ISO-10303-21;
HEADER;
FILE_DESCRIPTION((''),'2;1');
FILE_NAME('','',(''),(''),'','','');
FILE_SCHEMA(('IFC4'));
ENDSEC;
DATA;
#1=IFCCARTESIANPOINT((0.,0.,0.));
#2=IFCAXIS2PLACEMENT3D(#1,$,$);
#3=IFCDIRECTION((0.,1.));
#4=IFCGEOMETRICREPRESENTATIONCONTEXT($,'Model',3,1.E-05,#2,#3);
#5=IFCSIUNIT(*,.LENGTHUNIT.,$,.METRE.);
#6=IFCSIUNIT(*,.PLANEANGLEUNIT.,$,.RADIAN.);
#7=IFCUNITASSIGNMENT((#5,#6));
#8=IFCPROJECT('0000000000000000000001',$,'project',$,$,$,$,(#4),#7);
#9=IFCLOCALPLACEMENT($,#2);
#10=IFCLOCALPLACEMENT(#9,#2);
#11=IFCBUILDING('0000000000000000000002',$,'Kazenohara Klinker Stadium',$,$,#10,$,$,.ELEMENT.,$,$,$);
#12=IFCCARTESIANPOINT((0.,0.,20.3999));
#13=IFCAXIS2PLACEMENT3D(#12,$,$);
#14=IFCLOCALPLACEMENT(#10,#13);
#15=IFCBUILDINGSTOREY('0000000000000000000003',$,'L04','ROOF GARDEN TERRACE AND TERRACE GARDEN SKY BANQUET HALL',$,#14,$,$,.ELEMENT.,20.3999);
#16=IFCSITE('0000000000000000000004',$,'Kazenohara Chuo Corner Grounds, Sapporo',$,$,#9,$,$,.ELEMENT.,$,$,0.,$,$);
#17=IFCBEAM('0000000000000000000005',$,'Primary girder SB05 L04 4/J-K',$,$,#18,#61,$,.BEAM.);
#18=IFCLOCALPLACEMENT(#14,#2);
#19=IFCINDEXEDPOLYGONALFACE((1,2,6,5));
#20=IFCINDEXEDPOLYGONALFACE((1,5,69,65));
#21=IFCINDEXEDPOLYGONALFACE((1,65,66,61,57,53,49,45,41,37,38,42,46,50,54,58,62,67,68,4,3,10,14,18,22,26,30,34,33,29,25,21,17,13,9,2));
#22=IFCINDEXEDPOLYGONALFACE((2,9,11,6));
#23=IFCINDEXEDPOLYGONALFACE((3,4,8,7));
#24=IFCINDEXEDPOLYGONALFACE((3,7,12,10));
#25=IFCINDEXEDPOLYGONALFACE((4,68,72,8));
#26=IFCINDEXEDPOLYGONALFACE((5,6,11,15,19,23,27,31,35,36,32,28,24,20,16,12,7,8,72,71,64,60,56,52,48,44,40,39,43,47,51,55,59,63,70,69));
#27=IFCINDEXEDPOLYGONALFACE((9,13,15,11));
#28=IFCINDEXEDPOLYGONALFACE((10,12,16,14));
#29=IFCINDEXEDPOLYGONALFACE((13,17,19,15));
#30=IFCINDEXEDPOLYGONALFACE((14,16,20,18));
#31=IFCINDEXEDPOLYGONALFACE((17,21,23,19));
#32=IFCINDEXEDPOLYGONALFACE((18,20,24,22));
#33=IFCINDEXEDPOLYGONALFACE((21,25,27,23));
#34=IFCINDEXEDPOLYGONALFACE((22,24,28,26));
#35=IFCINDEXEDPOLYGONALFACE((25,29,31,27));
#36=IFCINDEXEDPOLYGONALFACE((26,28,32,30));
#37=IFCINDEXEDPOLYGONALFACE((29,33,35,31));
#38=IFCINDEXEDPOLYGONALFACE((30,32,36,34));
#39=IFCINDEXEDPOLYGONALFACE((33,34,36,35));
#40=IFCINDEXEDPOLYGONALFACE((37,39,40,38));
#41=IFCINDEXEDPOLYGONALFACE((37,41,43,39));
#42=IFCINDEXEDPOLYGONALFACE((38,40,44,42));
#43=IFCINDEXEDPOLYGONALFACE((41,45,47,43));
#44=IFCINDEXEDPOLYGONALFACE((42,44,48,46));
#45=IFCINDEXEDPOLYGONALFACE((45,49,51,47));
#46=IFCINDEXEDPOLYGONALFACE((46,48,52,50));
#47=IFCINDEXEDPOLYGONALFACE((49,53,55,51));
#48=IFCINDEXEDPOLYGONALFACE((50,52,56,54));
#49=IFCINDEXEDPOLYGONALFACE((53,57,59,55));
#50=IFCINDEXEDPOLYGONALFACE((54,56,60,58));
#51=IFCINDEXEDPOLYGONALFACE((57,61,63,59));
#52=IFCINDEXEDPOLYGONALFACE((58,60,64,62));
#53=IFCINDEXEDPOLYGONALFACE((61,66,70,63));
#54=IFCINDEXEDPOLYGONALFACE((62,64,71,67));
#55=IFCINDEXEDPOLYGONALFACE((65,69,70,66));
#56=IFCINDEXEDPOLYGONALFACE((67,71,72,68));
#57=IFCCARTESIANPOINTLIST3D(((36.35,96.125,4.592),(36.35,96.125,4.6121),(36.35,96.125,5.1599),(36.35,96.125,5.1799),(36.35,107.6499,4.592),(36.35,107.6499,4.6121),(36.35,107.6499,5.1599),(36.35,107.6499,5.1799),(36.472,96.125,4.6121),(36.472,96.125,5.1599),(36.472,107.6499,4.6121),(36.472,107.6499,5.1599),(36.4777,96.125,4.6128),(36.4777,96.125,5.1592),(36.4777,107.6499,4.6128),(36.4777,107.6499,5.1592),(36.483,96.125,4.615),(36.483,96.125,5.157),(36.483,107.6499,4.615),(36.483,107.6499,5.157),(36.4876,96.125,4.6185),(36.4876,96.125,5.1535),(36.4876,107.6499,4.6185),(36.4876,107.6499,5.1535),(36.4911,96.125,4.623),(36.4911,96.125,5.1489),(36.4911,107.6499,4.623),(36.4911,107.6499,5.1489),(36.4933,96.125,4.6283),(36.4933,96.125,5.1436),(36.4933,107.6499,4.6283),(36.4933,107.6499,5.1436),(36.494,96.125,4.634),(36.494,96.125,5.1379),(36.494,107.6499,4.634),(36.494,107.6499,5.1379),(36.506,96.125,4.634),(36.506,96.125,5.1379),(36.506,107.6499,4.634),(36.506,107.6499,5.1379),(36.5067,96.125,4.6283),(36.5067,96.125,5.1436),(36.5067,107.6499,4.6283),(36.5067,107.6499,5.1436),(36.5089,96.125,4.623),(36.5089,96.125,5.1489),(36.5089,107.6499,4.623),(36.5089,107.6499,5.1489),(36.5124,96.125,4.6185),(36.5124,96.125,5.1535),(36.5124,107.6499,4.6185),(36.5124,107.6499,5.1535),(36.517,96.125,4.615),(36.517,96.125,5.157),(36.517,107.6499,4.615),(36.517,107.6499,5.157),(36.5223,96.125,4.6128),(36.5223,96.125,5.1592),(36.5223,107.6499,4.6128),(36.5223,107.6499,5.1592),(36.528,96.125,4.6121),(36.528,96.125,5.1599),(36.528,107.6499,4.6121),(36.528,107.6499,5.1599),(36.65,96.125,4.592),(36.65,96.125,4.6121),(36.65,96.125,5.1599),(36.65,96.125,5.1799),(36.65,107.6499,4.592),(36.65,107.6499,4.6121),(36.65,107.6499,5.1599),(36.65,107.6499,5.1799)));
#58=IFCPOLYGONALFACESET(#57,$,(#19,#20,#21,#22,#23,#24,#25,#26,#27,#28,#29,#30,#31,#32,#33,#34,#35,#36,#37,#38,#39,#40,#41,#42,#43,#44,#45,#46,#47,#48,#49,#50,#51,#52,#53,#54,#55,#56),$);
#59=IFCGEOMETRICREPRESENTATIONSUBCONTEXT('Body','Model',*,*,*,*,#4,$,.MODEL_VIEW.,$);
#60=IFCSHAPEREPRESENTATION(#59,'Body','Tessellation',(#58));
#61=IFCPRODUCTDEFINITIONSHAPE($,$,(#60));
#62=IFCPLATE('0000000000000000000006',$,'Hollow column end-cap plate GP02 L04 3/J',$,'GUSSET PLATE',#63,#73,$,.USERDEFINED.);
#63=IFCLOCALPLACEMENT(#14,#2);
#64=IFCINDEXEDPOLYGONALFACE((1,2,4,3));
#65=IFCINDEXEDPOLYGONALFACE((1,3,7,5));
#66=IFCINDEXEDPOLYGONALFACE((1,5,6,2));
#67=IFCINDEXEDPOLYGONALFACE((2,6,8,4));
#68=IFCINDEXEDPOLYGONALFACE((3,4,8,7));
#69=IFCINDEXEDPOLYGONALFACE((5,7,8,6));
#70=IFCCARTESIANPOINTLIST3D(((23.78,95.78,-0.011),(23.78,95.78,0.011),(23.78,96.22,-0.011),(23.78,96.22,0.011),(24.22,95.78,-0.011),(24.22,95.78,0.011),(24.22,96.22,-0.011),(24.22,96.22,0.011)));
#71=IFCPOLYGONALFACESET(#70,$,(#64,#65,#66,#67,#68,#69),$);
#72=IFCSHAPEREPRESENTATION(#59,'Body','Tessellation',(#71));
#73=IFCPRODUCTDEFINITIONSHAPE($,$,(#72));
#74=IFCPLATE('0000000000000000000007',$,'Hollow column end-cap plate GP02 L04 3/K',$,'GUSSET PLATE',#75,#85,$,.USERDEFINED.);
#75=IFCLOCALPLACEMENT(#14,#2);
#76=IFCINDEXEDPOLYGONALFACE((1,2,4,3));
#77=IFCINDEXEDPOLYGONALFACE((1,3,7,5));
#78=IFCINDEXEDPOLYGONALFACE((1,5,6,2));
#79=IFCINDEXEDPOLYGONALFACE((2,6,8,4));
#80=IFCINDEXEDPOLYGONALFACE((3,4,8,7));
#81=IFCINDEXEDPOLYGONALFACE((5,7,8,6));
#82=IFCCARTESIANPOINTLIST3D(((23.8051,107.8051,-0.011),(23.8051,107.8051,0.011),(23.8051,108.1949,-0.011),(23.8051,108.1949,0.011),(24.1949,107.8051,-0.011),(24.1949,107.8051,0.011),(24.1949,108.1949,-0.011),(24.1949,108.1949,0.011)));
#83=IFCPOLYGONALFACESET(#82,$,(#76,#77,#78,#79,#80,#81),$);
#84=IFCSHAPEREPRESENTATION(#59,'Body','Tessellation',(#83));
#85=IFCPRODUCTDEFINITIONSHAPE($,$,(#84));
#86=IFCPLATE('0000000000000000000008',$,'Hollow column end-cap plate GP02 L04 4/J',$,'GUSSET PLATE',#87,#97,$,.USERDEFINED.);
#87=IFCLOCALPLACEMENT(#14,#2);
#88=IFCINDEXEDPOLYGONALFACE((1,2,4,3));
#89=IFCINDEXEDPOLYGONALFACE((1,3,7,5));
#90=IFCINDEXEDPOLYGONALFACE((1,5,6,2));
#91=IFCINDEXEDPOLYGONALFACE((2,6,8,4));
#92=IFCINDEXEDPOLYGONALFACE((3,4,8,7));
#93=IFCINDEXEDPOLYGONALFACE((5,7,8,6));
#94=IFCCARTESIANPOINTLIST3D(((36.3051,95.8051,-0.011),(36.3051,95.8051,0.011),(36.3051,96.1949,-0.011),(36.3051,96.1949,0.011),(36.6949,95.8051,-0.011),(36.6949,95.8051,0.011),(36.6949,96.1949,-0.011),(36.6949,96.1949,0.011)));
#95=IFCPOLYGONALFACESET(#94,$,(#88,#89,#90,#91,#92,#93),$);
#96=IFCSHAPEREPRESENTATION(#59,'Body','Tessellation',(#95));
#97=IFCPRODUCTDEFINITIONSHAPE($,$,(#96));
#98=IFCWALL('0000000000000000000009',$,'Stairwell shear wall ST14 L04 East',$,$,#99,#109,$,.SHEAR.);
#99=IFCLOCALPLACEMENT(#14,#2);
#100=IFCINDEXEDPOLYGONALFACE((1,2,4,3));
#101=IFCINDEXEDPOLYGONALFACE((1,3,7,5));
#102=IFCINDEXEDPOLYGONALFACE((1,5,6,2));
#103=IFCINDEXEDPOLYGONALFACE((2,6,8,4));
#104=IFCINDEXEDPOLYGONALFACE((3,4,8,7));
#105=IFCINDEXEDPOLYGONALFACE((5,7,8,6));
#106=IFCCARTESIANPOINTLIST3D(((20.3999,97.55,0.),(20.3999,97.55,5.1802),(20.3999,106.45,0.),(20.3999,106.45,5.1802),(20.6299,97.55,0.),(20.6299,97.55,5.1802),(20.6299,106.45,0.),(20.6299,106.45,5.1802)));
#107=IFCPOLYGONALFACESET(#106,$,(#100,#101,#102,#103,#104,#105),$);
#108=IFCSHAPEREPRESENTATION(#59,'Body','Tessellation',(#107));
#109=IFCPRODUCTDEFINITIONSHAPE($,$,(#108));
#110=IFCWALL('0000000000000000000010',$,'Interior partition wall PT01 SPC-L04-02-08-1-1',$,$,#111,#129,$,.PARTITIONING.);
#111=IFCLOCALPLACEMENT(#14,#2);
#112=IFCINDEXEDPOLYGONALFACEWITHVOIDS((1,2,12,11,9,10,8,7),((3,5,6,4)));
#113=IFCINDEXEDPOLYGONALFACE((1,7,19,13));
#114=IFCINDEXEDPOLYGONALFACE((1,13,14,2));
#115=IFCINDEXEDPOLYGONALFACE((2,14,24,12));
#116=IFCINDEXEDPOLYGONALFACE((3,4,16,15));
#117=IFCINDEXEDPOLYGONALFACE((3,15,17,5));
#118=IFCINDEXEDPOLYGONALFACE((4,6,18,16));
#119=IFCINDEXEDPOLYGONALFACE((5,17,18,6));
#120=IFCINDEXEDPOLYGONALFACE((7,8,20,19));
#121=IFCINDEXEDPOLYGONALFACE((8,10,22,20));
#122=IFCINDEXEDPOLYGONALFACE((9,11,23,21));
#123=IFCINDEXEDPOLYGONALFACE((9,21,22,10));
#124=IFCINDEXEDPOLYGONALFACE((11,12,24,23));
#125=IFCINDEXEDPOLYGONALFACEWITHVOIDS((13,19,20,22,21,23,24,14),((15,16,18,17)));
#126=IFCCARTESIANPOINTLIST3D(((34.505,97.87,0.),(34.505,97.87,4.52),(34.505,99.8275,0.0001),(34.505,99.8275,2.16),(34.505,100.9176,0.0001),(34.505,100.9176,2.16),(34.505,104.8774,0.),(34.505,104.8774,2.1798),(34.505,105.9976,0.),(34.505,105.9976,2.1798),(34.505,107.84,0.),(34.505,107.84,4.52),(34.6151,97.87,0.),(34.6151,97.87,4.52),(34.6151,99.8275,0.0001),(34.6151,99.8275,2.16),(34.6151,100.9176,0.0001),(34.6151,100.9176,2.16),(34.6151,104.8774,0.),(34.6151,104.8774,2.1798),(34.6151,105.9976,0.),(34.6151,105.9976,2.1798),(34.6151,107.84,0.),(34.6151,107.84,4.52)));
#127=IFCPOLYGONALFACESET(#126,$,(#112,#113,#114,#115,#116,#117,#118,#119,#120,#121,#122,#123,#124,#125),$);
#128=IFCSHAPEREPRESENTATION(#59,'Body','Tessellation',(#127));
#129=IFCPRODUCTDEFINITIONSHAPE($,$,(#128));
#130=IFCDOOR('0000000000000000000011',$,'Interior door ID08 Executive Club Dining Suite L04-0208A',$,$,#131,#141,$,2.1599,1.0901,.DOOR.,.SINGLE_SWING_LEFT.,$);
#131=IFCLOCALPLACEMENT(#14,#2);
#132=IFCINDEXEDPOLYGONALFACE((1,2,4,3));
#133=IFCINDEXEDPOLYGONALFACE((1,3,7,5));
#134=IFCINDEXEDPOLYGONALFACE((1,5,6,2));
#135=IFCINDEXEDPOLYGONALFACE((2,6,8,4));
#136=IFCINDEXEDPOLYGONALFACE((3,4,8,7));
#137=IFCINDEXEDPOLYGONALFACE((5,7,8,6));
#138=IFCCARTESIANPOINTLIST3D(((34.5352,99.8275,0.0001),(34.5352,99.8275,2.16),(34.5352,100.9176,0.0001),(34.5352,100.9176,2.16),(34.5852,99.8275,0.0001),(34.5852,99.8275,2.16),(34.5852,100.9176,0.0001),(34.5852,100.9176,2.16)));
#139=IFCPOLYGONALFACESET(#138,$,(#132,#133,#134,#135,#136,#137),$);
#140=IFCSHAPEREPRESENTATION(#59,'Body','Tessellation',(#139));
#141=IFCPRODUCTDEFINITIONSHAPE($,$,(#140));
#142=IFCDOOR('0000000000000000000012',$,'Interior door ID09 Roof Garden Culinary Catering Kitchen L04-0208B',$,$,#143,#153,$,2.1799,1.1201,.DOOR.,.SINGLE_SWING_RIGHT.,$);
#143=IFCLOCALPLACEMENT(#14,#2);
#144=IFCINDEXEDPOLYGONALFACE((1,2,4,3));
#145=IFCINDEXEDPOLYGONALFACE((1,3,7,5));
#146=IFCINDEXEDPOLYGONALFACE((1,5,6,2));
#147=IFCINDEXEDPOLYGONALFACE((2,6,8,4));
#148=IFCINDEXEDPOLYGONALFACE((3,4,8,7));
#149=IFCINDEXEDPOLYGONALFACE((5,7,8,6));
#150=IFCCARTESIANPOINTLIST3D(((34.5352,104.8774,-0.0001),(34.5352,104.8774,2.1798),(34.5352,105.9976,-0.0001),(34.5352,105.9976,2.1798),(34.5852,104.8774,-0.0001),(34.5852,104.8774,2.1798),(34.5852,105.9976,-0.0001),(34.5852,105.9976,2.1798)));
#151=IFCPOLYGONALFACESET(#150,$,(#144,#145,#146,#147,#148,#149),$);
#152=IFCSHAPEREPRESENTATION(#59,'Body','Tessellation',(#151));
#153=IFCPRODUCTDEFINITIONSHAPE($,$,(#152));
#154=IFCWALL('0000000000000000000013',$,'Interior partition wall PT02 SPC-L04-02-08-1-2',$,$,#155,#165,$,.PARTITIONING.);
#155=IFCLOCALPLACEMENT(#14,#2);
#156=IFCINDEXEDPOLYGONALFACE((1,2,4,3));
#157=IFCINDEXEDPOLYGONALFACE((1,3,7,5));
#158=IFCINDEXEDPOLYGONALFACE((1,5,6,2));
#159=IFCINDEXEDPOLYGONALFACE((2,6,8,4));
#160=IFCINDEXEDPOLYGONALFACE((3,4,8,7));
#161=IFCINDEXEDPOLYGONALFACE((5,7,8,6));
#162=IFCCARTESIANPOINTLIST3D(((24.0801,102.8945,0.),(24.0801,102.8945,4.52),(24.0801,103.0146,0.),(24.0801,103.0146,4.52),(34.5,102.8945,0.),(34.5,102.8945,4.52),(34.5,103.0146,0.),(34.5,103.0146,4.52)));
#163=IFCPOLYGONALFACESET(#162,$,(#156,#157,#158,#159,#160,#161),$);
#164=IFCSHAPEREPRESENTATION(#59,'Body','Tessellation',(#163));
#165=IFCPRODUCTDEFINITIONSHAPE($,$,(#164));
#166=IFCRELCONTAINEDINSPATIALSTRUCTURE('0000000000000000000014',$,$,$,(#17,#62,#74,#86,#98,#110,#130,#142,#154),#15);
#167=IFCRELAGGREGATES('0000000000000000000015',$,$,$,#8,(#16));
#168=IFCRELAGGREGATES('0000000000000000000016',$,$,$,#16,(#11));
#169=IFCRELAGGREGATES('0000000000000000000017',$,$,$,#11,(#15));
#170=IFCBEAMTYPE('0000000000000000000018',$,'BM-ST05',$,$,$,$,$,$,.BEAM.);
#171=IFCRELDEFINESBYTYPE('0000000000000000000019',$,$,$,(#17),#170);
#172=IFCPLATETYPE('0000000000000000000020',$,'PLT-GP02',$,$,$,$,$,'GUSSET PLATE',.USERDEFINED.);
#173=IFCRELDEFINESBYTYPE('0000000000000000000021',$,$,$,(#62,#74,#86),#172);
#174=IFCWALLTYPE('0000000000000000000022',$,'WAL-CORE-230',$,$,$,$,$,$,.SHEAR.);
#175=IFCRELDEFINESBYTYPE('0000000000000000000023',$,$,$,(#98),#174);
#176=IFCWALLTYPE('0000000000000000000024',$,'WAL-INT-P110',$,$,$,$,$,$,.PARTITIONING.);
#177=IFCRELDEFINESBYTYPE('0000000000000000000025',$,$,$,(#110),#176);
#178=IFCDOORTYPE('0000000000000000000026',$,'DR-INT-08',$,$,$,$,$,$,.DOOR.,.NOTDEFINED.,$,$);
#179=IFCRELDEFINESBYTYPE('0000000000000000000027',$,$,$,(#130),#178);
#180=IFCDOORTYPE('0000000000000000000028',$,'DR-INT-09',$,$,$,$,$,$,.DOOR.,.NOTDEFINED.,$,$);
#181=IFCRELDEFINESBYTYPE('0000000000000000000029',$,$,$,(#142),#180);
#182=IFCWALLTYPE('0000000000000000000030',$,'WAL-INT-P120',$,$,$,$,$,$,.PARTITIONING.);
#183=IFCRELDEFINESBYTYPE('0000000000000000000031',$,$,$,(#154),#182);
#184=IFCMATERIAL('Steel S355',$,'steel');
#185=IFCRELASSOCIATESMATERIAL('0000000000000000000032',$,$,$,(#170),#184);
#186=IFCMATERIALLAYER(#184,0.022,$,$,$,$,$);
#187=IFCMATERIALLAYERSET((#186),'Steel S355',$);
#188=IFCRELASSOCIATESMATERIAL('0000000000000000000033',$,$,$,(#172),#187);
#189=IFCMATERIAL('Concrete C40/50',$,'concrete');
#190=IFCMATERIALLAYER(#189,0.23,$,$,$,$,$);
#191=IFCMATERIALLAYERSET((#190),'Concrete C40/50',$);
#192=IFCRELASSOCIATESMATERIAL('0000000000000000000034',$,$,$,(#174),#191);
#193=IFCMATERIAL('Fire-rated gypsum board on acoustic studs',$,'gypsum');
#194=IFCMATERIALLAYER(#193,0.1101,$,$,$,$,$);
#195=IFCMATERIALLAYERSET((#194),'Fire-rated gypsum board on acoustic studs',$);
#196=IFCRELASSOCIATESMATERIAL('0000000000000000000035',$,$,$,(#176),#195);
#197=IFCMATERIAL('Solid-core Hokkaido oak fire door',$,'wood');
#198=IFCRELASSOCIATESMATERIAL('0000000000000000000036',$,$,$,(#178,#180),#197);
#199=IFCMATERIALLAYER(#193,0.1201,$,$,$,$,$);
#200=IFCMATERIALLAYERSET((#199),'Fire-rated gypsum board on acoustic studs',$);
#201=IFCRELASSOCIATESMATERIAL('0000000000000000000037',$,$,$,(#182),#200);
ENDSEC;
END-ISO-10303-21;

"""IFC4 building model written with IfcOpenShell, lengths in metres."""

from ifc_helpers import new_model, si_unit, direction, frame, frame_2d, origin, origin_2d, place, context, subcontext, project, spatial, rectangle, i_section, extrude, material, layer, layer_set, material_profile, profile_set, type_object, element, fill, save


model = new_model("IFC4")

# Units and contexts
model_context = context("Model", 3, precision=1e-05, world=origin(), true_north=direction((0.0, 1.0)))
body_context = subcontext(model_context, "Body", "Model", "MODEL_VIEW")
ifc_project = project(units=[si_unit("LENGTHUNIT", "METRE"), si_unit("PLANEANGLEUNIT", "RADIAN")], contexts=[model_context])

# Site, building, storey
site_placement = place(None, origin())
site = spatial("IfcSite", under=ifc_project, at=site_placement, Name="Kazenohara Chuo Corner Grounds, Sapporo", CompositionType="ELEMENT", RefElevation=0.0)
building_placement = place(site_placement, origin())
building = spatial("IfcBuilding", under=site, at=building_placement, Name="Kazenohara Klinker Stadium", CompositionType="ELEMENT")
storey_placement = place(building_placement, frame((0.0, 0.0, 20.3999)))
storey = spatial("IfcBuildingStorey", under=building, at=storey_placement, Name="L04", Description="ROOF GARDEN TERRACE AND TERRACE GARDEN SKY BANQUET HALL", CompositionType="ELEMENT", Elevation=20.3999)

# Shared definitions
ifc_material_1 = material(Name="Concrete C40/50", Category="concrete")
ifc_material_2 = material(Name="Steel S355", Category="steel")

# Beam
ifc_material_profile_1 = material_profile(ifc_material_2, i_section(OverallWidth=0.3, OverallDepth=0.5879, WebThickness=0.012, FlangeThickness=0.02, FilletRadius=0.022, at=origin_2d()), Name="H-588x300x12x20")
ifc_profile_set_1 = profile_set([ifc_material_profile_1], Name="Steel S355")
beam_type_1 = type_object("IfcBeamType", Name="BM-ST05", PredefinedType="BEAM", material=ifc_profile_set_1)
for number, where, z_axis, x_axis, name in (
    (1, (36.5, 96.125, 4.886), (0.0, 1.0, 0.0), (-1.0, 0.0, 0.0), "Primary girder SB05 L04 4/J-K"),
):
    element("IfcBeam", number, at=place(storey_placement, frame(where, z_axis=z_axis, x_axis=x_axis)), inside=storey, type_object=beam_type_1, Name=name, PredefinedType="BEAM", context=body_context, shape_type="SweptSolid", body=[
        extrude(i_section(OverallWidth=0.3, OverallDepth=0.5879, WebThickness=0.012, FlangeThickness=0.02, FilletRadius=0.022, at=origin_2d()), origin(), (0.0, 0.0, 1.0), 11.5249),
    ])

# Plates
ifc_layer_1 = layer(ifc_material_2, 0.022)
ifc_layer_set_1 = layer_set([ifc_layer_1], Name="Steel S355")
plate_type = type_object("IfcPlateType", Name="PLT-GP02", ElementType="GUSSET PLATE", PredefinedType="USERDEFINED", material=ifc_layer_set_1)
plate_placement = place(storey_placement, frame((24.0, 96.0, -0.011), z_axis=(0.0, 0.0, 1.0), x_axis=(1.0, 0.0, 0.0)))
element("IfcPlate", 2, at=plate_placement, inside=storey, type_object=plate_type, Name="Hollow column end-cap plate GP02 L04 3/J", ObjectType="GUSSET PLATE", PredefinedType="USERDEFINED", context=body_context, shape_type="SweptSolid", body=[
    extrude(rectangle(XDim=0.4399, YDim=0.4399, at=origin_2d()), origin(), (0.0, 0.0, 1.0), 0.022),
])
for number, where, z_axis, x_axis, name in (
    (3, (24.0, 108.0, -0.011), (0.0, 0.0, 1.0), (1.0, 0.0, 0.0), "Hollow column end-cap plate GP02 L04 3/K"),
    (4, (36.5, 96.0, -0.011), (0.0, 0.0, 1.0), (1.0, 0.0, 0.0), "Hollow column end-cap plate GP02 L04 4/J"),
):
    element("IfcPlate", number, at=place(storey_placement, frame(where, z_axis=z_axis, x_axis=x_axis)), inside=storey, type_object=plate_type, Name=name, ObjectType="GUSSET PLATE", PredefinedType="USERDEFINED", context=body_context, shape_type="SweptSolid", body=[
        extrude(rectangle(XDim=0.3899, YDim=0.3899, at=origin_2d()), origin(), (0.0, 0.0, 1.0), 0.022),
    ])

# Wall
ifc_layer_2 = layer(ifc_material_1, 0.23)
ifc_layer_set_2 = layer_set([ifc_layer_2], Name="Concrete C40/50")
wall_type_1 = type_object("IfcWallType", Name="WAL-CORE-230", PredefinedType="SHEAR", material=ifc_layer_set_2)
wall_1_placement = place(storey_placement, frame((20.5149, 97.55, 0.0), z_axis=(0.0, 0.0, 1.0), x_axis=(0.0, 1.0, 0.0)))
element("IfcWall", 5, at=wall_1_placement, inside=storey, type_object=wall_type_1, Name="Stairwell shear wall ST14 L04 East", PredefinedType="SHEAR", context=body_context, shape_type="SweptSolid", body=[
    extrude(rectangle(XDim=8.8999, YDim=0.23, at=frame_2d((4.45, 0.0))), origin(), (0.0, 0.0, 1.0), 5.1802),
])

# Wall, openings, doors
ifc_material_3 = material(Name="Fire-rated gypsum board on acoustic studs", Category="gypsum")
ifc_layer_3 = layer(ifc_material_3, 0.1101)
ifc_layer_set_3 = layer_set([ifc_layer_3], Name="Fire-rated gypsum board on acoustic studs")
wall_type_2 = type_object("IfcWallType", Name="WAL-INT-P110", PredefinedType="PARTITIONING", material=ifc_layer_set_3)
wall_2_placement = place(storey_placement, frame((34.5601, 97.8701, 0.0), z_axis=(0.0, 0.0, 1.0), x_axis=(0.0, 1.0, 0.0)))
wall_2 = element("IfcWall", 6, at=wall_2_placement, inside=storey, type_object=wall_type_2, Name="Interior partition wall PT01 SPC-L04-02-08-1-1", PredefinedType="PARTITIONING", context=body_context, shape_type="SweptSolid", body=[
    extrude(rectangle(XDim=9.97, YDim=0.1101, at=frame_2d((4.9849, 0.0))), origin(), (0.0, 0.0, 1.0), 4.52),
])
opening_1_placement = place(wall_2_placement, frame((1.9575, 0.0, 0.0)))
opening_1 = element("IfcOpeningElement", 7, at=opening_1_placement, cuts=wall_2, PredefinedType="OPENING", context=body_context, shape_type="SweptSolid", body=[
    extrude(rectangle(XDim=1.0901, YDim=2.1599, at=frame_2d((0.5449, 1.0801))), frame((0.0, 0.0649, 0.0), z_axis=(0.0, -1.0, 0.0), x_axis=(1.0, 0.0, 0.0)), (0.0, 0.0, 1.0), 0.1301),
])
opening_2_placement = place(wall_2_placement, frame((7.0073, 0.0, 0.0)))
opening_2 = element("IfcOpeningElement", 8, at=opening_2_placement, cuts=wall_2, PredefinedType="OPENING", context=body_context, shape_type="SweptSolid", body=[
    extrude(rectangle(XDim=1.1201, YDim=2.1799, at=frame_2d((0.5601, 1.0898))), frame((0.0, 0.0649, 0.0), z_axis=(0.0, -1.0, 0.0), x_axis=(1.0, 0.0, 0.0)), (0.0, 0.0, 1.0), 0.1301),
])
ifc_material_4 = material(Name="Solid-core Hokkaido oak fire door", Category="wood")
door_type_1 = type_object("IfcDoorType", Name="DR-INT-08", OperationType="NOTDEFINED", PredefinedType="DOOR", material=ifc_material_4)
door_1_placement = place(opening_1_placement, origin())
door_1 = element("IfcDoor", 9, at=door_1_placement, inside=storey, type_object=door_type_1, Name="Interior door ID08 Executive Club Dining Suite L04-0208A", OperationType="SINGLE_SWING_LEFT", OverallHeight=2.1599, OverallWidth=1.0901, PredefinedType="DOOR", context=body_context, shape_type="SweptSolid", body=[
    extrude(rectangle(XDim=1.0901, YDim=2.1599, at=frame_2d((0.5449, 1.0801))), frame((0.0, 0.0249, 0.0), z_axis=(0.0, -1.0, 0.0), x_axis=(1.0, 0.0, 0.0)), (0.0, 0.0, 1.0), 0.05),
])
fill(opening_1, door_1)
door_type_2 = type_object("IfcDoorType", Name="DR-INT-09", OperationType="NOTDEFINED", PredefinedType="DOOR", material=ifc_material_4)
door_2_placement = place(opening_2_placement, origin())
door_2 = element("IfcDoor", 10, at=door_2_placement, inside=storey, type_object=door_type_2, Name="Interior door ID09 Roof Garden Culinary Catering Kitchen L04-0208B", OperationType="SINGLE_SWING_RIGHT", OverallHeight=2.1799, OverallWidth=1.1201, PredefinedType="DOOR", context=body_context, shape_type="SweptSolid", body=[
    extrude(rectangle(XDim=1.1201, YDim=2.1799, at=frame_2d((0.5601, 1.0898))), frame((0.0, 0.0249, 0.0), z_axis=(0.0, -1.0, 0.0), x_axis=(1.0, 0.0, 0.0)), (0.0, 0.0, 1.0), 0.05),
])
fill(opening_2, door_2)

# Wall
ifc_layer_4 = layer(ifc_material_3, 0.1201)
ifc_layer_set_4 = layer_set([ifc_layer_4], Name="Fire-rated gypsum board on acoustic studs")
wall_type_3 = type_object("IfcWallType", Name="WAL-INT-P120", PredefinedType="PARTITIONING", material=ifc_layer_set_4)
wall_3_placement = place(storey_placement, frame((24.0801, 102.9546, 0.0), z_axis=(0.0, 0.0, 1.0), x_axis=(1.0, 0.0, 0.0)))
element("IfcWall", 11, at=wall_3_placement, inside=storey, type_object=wall_type_3, Name="Interior partition wall PT02 SPC-L04-02-08-1-2", PredefinedType="PARTITIONING", context=body_context, shape_type="SweptSolid", body=[
    extrude(rectangle(XDim=10.4199, YDim=0.1201, at=frame_2d((5.21, 0.0))), origin(), (0.0, 0.0, 1.0), 4.52),
])

save(model, "model.ifc")
